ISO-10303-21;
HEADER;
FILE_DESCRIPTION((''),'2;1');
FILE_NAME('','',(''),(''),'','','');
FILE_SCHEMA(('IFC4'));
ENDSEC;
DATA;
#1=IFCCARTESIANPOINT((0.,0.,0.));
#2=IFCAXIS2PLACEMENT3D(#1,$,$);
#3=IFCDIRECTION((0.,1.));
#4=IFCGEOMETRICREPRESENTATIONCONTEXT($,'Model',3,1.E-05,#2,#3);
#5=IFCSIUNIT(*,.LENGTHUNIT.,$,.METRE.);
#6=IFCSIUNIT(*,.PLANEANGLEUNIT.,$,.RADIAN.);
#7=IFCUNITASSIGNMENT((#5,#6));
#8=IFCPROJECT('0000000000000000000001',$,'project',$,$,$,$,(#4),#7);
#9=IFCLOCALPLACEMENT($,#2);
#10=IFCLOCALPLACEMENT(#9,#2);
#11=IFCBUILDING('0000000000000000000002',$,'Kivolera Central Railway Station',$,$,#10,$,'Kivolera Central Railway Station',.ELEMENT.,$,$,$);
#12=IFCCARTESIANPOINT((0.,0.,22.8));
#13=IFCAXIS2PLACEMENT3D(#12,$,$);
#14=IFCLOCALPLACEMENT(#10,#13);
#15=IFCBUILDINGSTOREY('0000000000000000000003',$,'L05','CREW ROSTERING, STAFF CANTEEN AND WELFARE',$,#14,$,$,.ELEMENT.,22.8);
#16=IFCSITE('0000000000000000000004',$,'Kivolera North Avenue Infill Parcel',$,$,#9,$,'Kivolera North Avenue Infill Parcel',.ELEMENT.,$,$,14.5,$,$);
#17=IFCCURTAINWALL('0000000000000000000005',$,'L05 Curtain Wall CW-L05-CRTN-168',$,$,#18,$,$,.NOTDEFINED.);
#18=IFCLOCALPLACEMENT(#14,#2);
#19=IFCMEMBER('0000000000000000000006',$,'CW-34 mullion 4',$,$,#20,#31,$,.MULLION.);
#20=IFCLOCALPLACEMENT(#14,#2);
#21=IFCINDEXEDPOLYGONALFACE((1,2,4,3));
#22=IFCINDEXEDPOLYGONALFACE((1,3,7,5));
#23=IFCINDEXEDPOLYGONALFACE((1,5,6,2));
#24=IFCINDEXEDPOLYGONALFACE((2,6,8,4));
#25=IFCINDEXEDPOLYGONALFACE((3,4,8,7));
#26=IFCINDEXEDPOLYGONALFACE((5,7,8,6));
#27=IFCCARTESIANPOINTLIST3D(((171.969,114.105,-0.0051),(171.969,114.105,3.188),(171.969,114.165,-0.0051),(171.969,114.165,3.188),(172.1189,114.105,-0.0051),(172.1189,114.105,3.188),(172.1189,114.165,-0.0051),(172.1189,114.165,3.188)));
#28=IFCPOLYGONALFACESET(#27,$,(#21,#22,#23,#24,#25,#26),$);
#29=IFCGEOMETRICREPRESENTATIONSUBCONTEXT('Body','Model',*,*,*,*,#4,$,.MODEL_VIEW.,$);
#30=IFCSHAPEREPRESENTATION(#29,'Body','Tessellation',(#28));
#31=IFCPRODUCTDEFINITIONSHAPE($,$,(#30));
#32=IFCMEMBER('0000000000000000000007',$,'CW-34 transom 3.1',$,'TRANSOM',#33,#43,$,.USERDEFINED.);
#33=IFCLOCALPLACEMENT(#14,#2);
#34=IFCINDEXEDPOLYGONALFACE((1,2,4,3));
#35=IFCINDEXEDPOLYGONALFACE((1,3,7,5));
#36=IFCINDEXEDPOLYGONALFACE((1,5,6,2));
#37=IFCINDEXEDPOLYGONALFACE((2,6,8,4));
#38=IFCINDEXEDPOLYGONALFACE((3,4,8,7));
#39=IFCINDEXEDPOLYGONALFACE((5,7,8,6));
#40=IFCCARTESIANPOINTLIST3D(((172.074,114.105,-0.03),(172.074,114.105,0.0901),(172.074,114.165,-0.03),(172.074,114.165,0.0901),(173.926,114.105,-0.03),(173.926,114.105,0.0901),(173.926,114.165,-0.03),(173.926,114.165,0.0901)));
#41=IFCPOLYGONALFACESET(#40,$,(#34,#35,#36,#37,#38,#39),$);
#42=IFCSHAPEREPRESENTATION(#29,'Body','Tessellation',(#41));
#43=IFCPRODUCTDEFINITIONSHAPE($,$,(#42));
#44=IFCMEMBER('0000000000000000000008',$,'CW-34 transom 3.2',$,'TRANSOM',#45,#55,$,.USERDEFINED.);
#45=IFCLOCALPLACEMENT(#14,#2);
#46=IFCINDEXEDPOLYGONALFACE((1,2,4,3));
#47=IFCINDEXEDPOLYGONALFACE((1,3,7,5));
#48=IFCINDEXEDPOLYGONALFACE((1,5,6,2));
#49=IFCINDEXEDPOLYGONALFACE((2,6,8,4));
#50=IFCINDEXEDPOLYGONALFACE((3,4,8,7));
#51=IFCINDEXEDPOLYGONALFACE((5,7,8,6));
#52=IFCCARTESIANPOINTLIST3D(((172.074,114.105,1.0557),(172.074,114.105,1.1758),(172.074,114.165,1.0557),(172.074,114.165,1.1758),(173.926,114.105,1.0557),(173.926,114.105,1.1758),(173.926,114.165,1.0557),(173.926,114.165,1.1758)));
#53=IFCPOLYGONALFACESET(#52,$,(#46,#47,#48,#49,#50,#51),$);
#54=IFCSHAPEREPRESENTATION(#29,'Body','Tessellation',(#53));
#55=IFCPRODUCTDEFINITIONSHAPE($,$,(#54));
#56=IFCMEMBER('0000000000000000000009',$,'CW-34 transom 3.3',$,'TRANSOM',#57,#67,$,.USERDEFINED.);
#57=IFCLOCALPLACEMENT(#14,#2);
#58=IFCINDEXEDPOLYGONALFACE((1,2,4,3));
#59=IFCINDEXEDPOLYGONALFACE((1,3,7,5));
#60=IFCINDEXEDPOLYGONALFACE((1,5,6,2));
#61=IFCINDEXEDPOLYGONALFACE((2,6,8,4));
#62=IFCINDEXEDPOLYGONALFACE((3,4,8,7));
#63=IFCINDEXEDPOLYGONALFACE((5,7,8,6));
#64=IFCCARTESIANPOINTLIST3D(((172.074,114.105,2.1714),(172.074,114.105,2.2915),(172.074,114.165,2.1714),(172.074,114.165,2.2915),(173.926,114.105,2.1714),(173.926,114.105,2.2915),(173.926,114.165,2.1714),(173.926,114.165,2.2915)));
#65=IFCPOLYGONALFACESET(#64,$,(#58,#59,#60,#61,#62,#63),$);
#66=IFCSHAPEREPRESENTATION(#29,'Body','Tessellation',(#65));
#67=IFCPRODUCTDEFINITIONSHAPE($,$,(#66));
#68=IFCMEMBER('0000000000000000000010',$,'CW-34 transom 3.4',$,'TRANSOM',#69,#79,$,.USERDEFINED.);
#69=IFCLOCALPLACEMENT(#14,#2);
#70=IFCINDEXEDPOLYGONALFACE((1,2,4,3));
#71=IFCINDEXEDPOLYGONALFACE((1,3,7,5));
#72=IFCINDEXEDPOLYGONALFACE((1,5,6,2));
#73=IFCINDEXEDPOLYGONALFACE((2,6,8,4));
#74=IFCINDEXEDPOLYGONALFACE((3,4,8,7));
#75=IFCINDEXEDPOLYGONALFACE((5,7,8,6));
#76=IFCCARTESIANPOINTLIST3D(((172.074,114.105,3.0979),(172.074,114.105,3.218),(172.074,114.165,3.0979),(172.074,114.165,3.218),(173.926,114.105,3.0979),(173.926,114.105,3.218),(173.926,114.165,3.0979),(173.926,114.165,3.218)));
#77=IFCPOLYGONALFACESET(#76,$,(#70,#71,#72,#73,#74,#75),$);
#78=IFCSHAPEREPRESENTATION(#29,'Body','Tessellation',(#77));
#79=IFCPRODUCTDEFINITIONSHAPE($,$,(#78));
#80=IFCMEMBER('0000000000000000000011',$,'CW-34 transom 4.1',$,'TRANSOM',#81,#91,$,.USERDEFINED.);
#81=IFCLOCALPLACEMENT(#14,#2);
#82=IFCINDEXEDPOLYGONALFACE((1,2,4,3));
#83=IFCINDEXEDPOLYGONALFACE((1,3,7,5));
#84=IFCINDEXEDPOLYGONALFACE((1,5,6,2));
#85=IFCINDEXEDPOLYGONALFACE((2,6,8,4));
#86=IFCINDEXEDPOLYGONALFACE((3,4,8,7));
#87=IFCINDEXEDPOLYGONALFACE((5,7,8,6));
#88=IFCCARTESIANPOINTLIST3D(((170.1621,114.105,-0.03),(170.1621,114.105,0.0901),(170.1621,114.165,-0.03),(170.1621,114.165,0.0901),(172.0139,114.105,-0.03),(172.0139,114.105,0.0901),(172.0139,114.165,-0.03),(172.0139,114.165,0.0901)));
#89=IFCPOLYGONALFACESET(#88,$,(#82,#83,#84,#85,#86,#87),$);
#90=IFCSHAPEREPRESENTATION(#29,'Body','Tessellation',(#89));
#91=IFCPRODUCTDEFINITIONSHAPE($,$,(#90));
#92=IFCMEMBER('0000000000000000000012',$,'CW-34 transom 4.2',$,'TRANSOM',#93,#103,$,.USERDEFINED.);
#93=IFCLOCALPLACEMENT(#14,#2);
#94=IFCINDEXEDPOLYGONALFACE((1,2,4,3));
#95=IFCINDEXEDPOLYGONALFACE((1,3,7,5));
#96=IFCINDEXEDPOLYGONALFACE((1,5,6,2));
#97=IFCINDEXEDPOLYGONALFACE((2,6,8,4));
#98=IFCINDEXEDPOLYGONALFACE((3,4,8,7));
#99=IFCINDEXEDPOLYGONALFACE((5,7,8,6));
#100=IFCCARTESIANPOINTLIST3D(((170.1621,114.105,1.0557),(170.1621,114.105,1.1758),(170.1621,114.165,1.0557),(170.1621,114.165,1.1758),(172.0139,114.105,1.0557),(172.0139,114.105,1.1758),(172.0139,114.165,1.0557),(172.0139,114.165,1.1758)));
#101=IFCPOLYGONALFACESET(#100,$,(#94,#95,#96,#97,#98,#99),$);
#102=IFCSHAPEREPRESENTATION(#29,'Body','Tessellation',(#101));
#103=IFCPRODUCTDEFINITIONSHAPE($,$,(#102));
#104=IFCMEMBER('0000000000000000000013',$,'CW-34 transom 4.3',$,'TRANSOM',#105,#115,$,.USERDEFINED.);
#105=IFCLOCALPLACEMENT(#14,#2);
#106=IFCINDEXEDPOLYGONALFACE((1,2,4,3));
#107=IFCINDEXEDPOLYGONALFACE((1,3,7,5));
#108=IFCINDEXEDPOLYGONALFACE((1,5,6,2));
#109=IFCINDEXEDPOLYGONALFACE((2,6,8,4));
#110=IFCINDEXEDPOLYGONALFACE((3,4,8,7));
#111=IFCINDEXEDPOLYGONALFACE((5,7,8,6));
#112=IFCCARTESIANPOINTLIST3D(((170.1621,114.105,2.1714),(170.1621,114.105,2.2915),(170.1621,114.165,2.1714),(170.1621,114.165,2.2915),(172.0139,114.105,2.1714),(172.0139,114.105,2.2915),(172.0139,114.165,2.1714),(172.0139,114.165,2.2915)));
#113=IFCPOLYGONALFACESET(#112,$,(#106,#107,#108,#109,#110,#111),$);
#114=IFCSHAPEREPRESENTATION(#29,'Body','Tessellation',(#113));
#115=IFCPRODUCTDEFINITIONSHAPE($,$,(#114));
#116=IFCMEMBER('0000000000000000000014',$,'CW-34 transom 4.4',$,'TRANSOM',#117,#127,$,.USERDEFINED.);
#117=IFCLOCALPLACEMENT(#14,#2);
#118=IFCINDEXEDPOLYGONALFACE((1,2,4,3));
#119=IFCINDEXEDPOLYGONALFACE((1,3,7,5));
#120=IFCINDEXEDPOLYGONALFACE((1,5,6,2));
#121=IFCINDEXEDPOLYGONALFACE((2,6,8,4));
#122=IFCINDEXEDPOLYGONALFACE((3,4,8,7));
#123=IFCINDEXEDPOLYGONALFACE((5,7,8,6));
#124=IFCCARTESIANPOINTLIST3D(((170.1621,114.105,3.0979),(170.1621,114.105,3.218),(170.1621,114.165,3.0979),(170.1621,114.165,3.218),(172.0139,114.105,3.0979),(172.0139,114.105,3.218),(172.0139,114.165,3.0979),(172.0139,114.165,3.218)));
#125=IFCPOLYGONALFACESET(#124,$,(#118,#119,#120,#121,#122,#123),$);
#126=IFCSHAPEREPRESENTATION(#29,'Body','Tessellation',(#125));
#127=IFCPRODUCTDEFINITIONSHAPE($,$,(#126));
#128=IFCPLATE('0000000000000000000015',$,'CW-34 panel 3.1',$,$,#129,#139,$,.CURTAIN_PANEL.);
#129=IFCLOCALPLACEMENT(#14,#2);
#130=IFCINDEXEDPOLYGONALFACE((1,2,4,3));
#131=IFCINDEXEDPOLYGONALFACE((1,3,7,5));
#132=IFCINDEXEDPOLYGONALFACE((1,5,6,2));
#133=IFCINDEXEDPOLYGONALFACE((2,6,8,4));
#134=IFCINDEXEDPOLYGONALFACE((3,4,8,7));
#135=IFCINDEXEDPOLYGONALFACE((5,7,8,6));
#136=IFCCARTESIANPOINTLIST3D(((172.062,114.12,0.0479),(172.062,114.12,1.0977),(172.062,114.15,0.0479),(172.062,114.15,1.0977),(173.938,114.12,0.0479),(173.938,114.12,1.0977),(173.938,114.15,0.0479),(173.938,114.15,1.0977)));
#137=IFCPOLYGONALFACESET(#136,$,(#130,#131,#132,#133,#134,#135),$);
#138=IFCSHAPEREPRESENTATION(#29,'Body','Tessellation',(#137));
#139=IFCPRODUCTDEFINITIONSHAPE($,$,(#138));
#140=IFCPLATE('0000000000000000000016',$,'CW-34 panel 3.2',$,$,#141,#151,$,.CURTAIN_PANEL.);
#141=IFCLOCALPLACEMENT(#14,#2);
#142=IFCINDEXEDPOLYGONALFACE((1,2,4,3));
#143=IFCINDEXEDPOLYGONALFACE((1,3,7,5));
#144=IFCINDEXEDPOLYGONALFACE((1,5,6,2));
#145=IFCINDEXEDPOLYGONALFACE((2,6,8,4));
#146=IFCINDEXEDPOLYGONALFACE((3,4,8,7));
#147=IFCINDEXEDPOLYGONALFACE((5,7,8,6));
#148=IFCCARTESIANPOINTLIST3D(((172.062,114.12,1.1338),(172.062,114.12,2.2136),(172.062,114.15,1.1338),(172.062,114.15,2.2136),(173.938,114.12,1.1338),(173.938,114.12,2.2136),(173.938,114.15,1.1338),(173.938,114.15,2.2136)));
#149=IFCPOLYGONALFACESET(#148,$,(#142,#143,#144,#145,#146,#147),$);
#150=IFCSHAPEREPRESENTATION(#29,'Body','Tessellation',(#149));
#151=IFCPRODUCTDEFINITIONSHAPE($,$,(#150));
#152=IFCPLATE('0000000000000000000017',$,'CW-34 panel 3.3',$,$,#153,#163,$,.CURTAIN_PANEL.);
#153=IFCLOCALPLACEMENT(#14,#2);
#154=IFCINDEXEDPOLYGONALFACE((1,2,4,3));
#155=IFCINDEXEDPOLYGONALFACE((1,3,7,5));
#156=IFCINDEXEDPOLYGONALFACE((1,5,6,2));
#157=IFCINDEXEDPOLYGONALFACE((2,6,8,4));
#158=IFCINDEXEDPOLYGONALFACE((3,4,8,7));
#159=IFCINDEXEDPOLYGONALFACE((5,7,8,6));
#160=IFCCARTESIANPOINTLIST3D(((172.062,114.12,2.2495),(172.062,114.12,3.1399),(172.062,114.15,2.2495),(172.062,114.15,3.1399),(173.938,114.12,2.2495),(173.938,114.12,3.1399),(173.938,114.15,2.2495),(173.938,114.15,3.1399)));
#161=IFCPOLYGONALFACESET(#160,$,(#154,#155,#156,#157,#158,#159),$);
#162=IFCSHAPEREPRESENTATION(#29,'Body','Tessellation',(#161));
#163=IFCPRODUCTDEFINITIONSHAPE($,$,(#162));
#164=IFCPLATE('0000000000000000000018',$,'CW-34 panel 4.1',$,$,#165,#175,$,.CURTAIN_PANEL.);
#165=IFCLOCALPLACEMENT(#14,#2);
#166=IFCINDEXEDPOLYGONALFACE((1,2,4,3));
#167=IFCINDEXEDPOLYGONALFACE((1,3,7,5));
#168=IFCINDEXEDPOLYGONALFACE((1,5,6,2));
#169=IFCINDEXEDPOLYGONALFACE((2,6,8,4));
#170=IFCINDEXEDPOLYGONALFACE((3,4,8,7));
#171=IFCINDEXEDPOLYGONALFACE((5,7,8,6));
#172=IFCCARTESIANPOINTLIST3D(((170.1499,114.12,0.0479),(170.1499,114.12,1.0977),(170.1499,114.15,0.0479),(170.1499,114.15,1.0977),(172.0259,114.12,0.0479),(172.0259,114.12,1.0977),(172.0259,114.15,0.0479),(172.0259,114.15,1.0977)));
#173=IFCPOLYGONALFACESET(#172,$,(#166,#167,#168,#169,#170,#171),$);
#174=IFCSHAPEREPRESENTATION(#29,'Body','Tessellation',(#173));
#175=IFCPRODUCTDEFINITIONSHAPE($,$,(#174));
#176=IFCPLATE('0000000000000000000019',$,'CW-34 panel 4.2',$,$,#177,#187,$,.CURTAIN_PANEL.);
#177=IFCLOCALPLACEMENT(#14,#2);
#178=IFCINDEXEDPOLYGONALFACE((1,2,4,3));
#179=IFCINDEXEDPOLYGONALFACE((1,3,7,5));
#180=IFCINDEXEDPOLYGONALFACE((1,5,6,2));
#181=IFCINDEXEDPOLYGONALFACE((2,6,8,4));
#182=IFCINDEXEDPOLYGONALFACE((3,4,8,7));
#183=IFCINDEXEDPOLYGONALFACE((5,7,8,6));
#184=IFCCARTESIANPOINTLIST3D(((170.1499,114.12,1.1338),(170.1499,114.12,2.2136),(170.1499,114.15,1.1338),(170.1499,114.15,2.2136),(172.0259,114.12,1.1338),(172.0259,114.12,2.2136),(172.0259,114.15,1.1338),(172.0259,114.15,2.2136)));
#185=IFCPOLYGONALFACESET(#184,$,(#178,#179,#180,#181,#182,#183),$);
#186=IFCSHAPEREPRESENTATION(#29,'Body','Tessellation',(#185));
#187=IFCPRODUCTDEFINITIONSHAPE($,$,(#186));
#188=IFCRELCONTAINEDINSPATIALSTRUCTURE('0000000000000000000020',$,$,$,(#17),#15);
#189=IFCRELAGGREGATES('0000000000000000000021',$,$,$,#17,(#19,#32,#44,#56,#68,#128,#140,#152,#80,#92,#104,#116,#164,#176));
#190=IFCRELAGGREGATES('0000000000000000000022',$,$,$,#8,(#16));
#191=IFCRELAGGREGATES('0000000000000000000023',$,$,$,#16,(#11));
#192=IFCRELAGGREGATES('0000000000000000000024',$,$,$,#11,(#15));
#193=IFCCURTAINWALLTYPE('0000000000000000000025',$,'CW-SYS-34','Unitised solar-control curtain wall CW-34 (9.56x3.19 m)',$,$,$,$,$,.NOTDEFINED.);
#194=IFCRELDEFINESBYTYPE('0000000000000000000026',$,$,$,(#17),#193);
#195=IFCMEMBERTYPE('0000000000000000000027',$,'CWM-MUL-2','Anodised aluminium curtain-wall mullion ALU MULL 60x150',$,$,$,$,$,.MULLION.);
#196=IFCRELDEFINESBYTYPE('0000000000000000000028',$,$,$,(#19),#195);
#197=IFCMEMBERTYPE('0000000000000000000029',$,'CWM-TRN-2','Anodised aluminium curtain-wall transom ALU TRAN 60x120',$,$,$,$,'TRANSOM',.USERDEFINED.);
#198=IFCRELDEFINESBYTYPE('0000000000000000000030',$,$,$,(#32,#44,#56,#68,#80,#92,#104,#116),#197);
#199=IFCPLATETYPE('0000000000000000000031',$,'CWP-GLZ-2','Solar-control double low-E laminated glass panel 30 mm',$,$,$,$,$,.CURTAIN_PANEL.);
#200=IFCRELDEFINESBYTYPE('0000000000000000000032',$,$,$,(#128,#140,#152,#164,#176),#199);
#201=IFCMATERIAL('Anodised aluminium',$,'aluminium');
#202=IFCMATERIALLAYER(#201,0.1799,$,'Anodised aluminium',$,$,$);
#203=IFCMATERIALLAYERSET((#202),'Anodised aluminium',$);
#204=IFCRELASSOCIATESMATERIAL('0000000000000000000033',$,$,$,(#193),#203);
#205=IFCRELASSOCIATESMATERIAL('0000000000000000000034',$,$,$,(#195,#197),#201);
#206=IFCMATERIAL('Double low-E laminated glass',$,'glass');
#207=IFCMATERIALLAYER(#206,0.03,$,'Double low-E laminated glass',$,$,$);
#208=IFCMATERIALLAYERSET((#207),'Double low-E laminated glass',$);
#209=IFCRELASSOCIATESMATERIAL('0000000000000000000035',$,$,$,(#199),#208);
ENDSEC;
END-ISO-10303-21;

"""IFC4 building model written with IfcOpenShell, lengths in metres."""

from ifc_helpers import new_model, si_unit, direction, frame, origin, origin_2d, place, context, subcontext, project, spatial, rectangle, extrude, material, layer, layer_set, material_profile, profile_set, type_object, element, aggregate, save


model = new_model("IFC4")

# Units and contexts
model_context = context("Model", 3, precision=1e-05, world=origin(), true_north=direction((0.0, 1.0)))
body_context = subcontext(model_context, "Body", "Model", "MODEL_VIEW")
ifc_project = project(units=[si_unit("LENGTHUNIT", "METRE"), si_unit("PLANEANGLEUNIT", "RADIAN")], contexts=[model_context])

# Site, building, storey
site_placement = place(None, origin())
site = spatial("IfcSite", under=ifc_project, at=site_placement, Name="Kivolera North Avenue Infill Parcel", LongName="Kivolera North Avenue Infill Parcel", CompositionType="ELEMENT", RefElevation=14.5)
building_placement = place(site_placement, origin())
building = spatial("IfcBuilding", under=site, at=building_placement, Name="Kivolera Central Railway Station", LongName="Kivolera Central Railway Station", CompositionType="ELEMENT")
storey_placement = place(building_placement, frame((0.0, 0.0, 22.8)))
storey = spatial("IfcBuildingStorey", under=building, at=storey_placement, Name="L05", Description="CREW ROSTERING, STAFF CANTEEN AND WELFARE", CompositionType="ELEMENT", Elevation=22.8)

# Curtain wall, members, plates
ifc_material_1 = material(Name="Anodised aluminium", Category="aluminium")
ifc_layer_1 = layer(ifc_material_1, 0.1799, Name="Anodised aluminium")
ifc_layer_set_1 = layer_set([ifc_layer_1], Name="Anodised aluminium")
curtain_wall_type = type_object("IfcCurtainWallType", Name="CW-SYS-34", Description="Unitised solar-control curtain wall CW-34 (9.56x3.19 m)", PredefinedType="NOTDEFINED", material=ifc_layer_set_1)
curtain_wall_placement = place(storey_placement, origin())
curtain_wall = element("IfcCurtainWall", 1, at=curtain_wall_placement, inside=storey, type_object=curtain_wall_type, Name="L05 Curtain Wall CW-L05-CRTN-168", PredefinedType="NOTDEFINED")
ifc_material_profile_1 = material_profile(ifc_material_1, rectangle(XDim=0.0601, YDim=0.1499, at=origin_2d()), Name="ALU MULL 60x150")
ifc_profile_set_1 = profile_set([ifc_material_profile_1], Name="Anodised aluminium")
member_type_1 = type_object("IfcMemberType", Name="CWM-MUL-2", Description="Anodised aluminium curtain-wall mullion ALU MULL 60x150", PredefinedType="MULLION", material=ifc_profile_set_1)
member_1_placement = place(storey_placement, frame((172.0439, 114.135, -0.0051), z_axis=(0.0, 0.0, 1.0), x_axis=(0.0, -1.0, 0.0)))
member_1 = element("IfcMember", 2, at=member_1_placement, type_object=member_type_1, Name="CW-34 mullion 4", PredefinedType="MULLION", context=body_context, shape_type="SweptSolid", body=[
    extrude(rectangle(XDim=0.0601, YDim=0.1499, at=origin_2d()), origin(), (0.0, 0.0, 1.0), 3.1931),
])
ifc_material_profile_2 = material_profile(ifc_material_1, rectangle(XDim=0.0601, YDim=0.1201, at=origin_2d()), Name="ALU TRAN 60x120")
ifc_profile_set_2 = profile_set([ifc_material_profile_2], Name="Anodised aluminium")
member_type_2 = type_object("IfcMemberType", Name="CWM-TRN-2", Description="Anodised aluminium curtain-wall transom ALU TRAN 60x120", ElementType="TRANSOM", PredefinedType="USERDEFINED", material=ifc_profile_set_2)
member_2_placement = place(storey_placement, frame((173.926, 114.135, 0.03), z_axis=(-1.0, 0.0, 0.0), x_axis=(0.0, -1.0, 0.0)))
member_2 = element("IfcMember", 3, at=member_2_placement, type_object=member_type_2, Name="CW-34 transom 3.1", ObjectType="TRANSOM", PredefinedType="USERDEFINED", context=body_context, shape_type="SweptSolid", body=[
    extrude(rectangle(XDim=0.0601, YDim=0.1201, at=origin_2d()), origin(), (0.0, 0.0, 1.0), 1.8521),
])
member_3_placement = place(storey_placement, frame((173.926, 114.135, 1.1157), z_axis=(-1.0, 0.0, 0.0), x_axis=(0.0, -1.0, 0.0)))
member_3 = element("IfcMember", 4, at=member_3_placement, type_object=member_type_2, Name="CW-34 transom 3.2", ObjectType="TRANSOM", PredefinedType="USERDEFINED", context=body_context, shape_type="SweptSolid", body=[
    extrude(rectangle(XDim=0.0601, YDim=0.1201, at=origin_2d()), origin(), (0.0, 0.0, 1.0), 1.8521),
])
member_4_placement = place(storey_placement, frame((173.926, 114.135, 2.2314), z_axis=(-1.0, 0.0, 0.0), x_axis=(0.0, -1.0, 0.0)))
member_4 = element("IfcMember", 5, at=member_4_placement, type_object=member_type_2, Name="CW-34 transom 3.3", ObjectType="TRANSOM", PredefinedType="USERDEFINED", context=body_context, shape_type="SweptSolid", body=[
    extrude(rectangle(XDim=0.0601, YDim=0.1201, at=origin_2d()), origin(), (0.0, 0.0, 1.0), 1.8521),
])
member_5_placement = place(storey_placement, frame((173.926, 114.135, 3.158), z_axis=(-1.0, 0.0, 0.0), x_axis=(0.0, -1.0, 0.0)))
member_5 = element("IfcMember", 6, at=member_5_placement, type_object=member_type_2, Name="CW-34 transom 3.4", ObjectType="TRANSOM", PredefinedType="USERDEFINED", context=body_context, shape_type="SweptSolid", body=[
    extrude(rectangle(XDim=0.0601, YDim=0.1201, at=origin_2d()), origin(), (0.0, 0.0, 1.0), 1.8521),
])
member_6_placement = place(storey_placement, frame((172.0139, 114.135, 0.03), z_axis=(-1.0, 0.0, 0.0), x_axis=(0.0, -1.0, 0.0)))
member_6 = element("IfcMember", 7, at=member_6_placement, type_object=member_type_2, Name="CW-34 transom 4.1", ObjectType="TRANSOM", PredefinedType="USERDEFINED", context=body_context, shape_type="SweptSolid", body=[
    extrude(rectangle(XDim=0.0601, YDim=0.1201, at=origin_2d()), origin(), (0.0, 0.0, 1.0), 1.8518),
])
member_7_placement = place(storey_placement, frame((172.0139, 114.135, 1.1157), z_axis=(-1.0, 0.0, 0.0), x_axis=(0.0, -1.0, 0.0)))
member_7 = element("IfcMember", 8, at=member_7_placement, type_object=member_type_2, Name="CW-34 transom 4.2", ObjectType="TRANSOM", PredefinedType="USERDEFINED", context=body_context, shape_type="SweptSolid", body=[
    extrude(rectangle(XDim=0.0601, YDim=0.1201, at=origin_2d()), origin(), (0.0, 0.0, 1.0), 1.8518),
])
member_8_placement = place(storey_placement, frame((172.0139, 114.135, 2.2314), z_axis=(-1.0, 0.0, 0.0), x_axis=(0.0, -1.0, 0.0)))
member_8 = element("IfcMember", 9, at=member_8_placement, type_object=member_type_2, Name="CW-34 transom 4.3", ObjectType="TRANSOM", PredefinedType="USERDEFINED", context=body_context, shape_type="SweptSolid", body=[
    extrude(rectangle(XDim=0.0601, YDim=0.1201, at=origin_2d()), origin(), (0.0, 0.0, 1.0), 1.8518),
])
member_9_placement = place(storey_placement, frame((172.0139, 114.135, 3.158), z_axis=(-1.0, 0.0, 0.0), x_axis=(0.0, -1.0, 0.0)))
member_9 = element("IfcMember", 10, at=member_9_placement, type_object=member_type_2, Name="CW-34 transom 4.4", ObjectType="TRANSOM", PredefinedType="USERDEFINED", context=body_context, shape_type="SweptSolid", body=[
    extrude(rectangle(XDim=0.0601, YDim=0.1201, at=origin_2d()), origin(), (0.0, 0.0, 1.0), 1.8518),
])
ifc_material_2 = material(Name="Double low-E laminated glass", Category="glass")
ifc_layer_2 = layer(ifc_material_2, 0.03, Name="Double low-E laminated glass")
ifc_layer_set_2 = layer_set([ifc_layer_2], Name="Double low-E laminated glass")
plate_type = type_object("IfcPlateType", Name="CWP-GLZ-2", Description="Solar-control double low-E laminated glass panel 30 mm", PredefinedType="CURTAIN_PANEL", material=ifc_layer_set_2)
plate_1_placement = place(storey_placement, frame((173.0, 114.135, 0.0479), z_axis=(0.0, 0.0, 1.0), x_axis=(-1.0, 0.0, 0.0)))
plate_1 = element("IfcPlate", 11, at=plate_1_placement, type_object=plate_type, Name="CW-34 panel 3.1", PredefinedType="CURTAIN_PANEL", context=body_context, shape_type="SweptSolid", body=[
    extrude(rectangle(XDim=1.876, YDim=0.03, at=origin_2d()), origin(), (0.0, 0.0, 1.0), 1.0498),
])
plate_2_placement = place(storey_placement, frame((173.0, 114.135, 1.1338), z_axis=(0.0, 0.0, 1.0), x_axis=(-1.0, 0.0, 0.0)))
plate_2 = element("IfcPlate", 12, at=plate_2_placement, type_object=plate_type, Name="CW-34 panel 3.2", PredefinedType="CURTAIN_PANEL", context=body_context, shape_type="SweptSolid", body=[
    extrude(rectangle(XDim=1.876, YDim=0.03, at=origin_2d()), origin(), (0.0, 0.0, 1.0), 1.0798),
])
plate_3_placement = place(storey_placement, frame((173.0, 114.135, 2.2495), z_axis=(0.0, 0.0, 1.0), x_axis=(-1.0, 0.0, 0.0)))
plate_3 = element("IfcPlate", 13, at=plate_3_placement, type_object=plate_type, Name="CW-34 panel 3.3", PredefinedType="CURTAIN_PANEL", context=body_context, shape_type="SweptSolid", body=[
    extrude(rectangle(XDim=1.876, YDim=0.03, at=origin_2d()), origin(), (0.0, 0.0, 1.0), 0.8904),
])
plate_4_placement = place(storey_placement, frame((171.0879, 114.135, 0.0479), z_axis=(0.0, 0.0, 1.0), x_axis=(-1.0, 0.0, 0.0)))
plate_4 = element("IfcPlate", 14, at=plate_4_placement, type_object=plate_type, Name="CW-34 panel 4.1", PredefinedType="CURTAIN_PANEL", context=body_context, shape_type="SweptSolid", body=[
    extrude(rectangle(XDim=1.876, YDim=0.03, at=origin_2d()), origin(), (0.0, 0.0, 1.0), 1.0498),
])
plate_5_placement = place(storey_placement, frame((171.0879, 114.135, 1.1338), z_axis=(0.0, 0.0, 1.0), x_axis=(-1.0, 0.0, 0.0)))
plate_5 = element("IfcPlate", 15, at=plate_5_placement, type_object=plate_type, Name="CW-34 panel 4.2", PredefinedType="CURTAIN_PANEL", context=body_context, shape_type="SweptSolid", body=[
    extrude(rectangle(XDim=1.876, YDim=0.03, at=origin_2d()), origin(), (0.0, 0.0, 1.0), 1.0798),
])
aggregate(curtain_wall, [member_1, member_2, member_3, member_4, member_5, plate_1, plate_2, plate_3, member_6, member_7, member_8, member_9, plate_4, plate_5])

save(model, "model.ifc")
